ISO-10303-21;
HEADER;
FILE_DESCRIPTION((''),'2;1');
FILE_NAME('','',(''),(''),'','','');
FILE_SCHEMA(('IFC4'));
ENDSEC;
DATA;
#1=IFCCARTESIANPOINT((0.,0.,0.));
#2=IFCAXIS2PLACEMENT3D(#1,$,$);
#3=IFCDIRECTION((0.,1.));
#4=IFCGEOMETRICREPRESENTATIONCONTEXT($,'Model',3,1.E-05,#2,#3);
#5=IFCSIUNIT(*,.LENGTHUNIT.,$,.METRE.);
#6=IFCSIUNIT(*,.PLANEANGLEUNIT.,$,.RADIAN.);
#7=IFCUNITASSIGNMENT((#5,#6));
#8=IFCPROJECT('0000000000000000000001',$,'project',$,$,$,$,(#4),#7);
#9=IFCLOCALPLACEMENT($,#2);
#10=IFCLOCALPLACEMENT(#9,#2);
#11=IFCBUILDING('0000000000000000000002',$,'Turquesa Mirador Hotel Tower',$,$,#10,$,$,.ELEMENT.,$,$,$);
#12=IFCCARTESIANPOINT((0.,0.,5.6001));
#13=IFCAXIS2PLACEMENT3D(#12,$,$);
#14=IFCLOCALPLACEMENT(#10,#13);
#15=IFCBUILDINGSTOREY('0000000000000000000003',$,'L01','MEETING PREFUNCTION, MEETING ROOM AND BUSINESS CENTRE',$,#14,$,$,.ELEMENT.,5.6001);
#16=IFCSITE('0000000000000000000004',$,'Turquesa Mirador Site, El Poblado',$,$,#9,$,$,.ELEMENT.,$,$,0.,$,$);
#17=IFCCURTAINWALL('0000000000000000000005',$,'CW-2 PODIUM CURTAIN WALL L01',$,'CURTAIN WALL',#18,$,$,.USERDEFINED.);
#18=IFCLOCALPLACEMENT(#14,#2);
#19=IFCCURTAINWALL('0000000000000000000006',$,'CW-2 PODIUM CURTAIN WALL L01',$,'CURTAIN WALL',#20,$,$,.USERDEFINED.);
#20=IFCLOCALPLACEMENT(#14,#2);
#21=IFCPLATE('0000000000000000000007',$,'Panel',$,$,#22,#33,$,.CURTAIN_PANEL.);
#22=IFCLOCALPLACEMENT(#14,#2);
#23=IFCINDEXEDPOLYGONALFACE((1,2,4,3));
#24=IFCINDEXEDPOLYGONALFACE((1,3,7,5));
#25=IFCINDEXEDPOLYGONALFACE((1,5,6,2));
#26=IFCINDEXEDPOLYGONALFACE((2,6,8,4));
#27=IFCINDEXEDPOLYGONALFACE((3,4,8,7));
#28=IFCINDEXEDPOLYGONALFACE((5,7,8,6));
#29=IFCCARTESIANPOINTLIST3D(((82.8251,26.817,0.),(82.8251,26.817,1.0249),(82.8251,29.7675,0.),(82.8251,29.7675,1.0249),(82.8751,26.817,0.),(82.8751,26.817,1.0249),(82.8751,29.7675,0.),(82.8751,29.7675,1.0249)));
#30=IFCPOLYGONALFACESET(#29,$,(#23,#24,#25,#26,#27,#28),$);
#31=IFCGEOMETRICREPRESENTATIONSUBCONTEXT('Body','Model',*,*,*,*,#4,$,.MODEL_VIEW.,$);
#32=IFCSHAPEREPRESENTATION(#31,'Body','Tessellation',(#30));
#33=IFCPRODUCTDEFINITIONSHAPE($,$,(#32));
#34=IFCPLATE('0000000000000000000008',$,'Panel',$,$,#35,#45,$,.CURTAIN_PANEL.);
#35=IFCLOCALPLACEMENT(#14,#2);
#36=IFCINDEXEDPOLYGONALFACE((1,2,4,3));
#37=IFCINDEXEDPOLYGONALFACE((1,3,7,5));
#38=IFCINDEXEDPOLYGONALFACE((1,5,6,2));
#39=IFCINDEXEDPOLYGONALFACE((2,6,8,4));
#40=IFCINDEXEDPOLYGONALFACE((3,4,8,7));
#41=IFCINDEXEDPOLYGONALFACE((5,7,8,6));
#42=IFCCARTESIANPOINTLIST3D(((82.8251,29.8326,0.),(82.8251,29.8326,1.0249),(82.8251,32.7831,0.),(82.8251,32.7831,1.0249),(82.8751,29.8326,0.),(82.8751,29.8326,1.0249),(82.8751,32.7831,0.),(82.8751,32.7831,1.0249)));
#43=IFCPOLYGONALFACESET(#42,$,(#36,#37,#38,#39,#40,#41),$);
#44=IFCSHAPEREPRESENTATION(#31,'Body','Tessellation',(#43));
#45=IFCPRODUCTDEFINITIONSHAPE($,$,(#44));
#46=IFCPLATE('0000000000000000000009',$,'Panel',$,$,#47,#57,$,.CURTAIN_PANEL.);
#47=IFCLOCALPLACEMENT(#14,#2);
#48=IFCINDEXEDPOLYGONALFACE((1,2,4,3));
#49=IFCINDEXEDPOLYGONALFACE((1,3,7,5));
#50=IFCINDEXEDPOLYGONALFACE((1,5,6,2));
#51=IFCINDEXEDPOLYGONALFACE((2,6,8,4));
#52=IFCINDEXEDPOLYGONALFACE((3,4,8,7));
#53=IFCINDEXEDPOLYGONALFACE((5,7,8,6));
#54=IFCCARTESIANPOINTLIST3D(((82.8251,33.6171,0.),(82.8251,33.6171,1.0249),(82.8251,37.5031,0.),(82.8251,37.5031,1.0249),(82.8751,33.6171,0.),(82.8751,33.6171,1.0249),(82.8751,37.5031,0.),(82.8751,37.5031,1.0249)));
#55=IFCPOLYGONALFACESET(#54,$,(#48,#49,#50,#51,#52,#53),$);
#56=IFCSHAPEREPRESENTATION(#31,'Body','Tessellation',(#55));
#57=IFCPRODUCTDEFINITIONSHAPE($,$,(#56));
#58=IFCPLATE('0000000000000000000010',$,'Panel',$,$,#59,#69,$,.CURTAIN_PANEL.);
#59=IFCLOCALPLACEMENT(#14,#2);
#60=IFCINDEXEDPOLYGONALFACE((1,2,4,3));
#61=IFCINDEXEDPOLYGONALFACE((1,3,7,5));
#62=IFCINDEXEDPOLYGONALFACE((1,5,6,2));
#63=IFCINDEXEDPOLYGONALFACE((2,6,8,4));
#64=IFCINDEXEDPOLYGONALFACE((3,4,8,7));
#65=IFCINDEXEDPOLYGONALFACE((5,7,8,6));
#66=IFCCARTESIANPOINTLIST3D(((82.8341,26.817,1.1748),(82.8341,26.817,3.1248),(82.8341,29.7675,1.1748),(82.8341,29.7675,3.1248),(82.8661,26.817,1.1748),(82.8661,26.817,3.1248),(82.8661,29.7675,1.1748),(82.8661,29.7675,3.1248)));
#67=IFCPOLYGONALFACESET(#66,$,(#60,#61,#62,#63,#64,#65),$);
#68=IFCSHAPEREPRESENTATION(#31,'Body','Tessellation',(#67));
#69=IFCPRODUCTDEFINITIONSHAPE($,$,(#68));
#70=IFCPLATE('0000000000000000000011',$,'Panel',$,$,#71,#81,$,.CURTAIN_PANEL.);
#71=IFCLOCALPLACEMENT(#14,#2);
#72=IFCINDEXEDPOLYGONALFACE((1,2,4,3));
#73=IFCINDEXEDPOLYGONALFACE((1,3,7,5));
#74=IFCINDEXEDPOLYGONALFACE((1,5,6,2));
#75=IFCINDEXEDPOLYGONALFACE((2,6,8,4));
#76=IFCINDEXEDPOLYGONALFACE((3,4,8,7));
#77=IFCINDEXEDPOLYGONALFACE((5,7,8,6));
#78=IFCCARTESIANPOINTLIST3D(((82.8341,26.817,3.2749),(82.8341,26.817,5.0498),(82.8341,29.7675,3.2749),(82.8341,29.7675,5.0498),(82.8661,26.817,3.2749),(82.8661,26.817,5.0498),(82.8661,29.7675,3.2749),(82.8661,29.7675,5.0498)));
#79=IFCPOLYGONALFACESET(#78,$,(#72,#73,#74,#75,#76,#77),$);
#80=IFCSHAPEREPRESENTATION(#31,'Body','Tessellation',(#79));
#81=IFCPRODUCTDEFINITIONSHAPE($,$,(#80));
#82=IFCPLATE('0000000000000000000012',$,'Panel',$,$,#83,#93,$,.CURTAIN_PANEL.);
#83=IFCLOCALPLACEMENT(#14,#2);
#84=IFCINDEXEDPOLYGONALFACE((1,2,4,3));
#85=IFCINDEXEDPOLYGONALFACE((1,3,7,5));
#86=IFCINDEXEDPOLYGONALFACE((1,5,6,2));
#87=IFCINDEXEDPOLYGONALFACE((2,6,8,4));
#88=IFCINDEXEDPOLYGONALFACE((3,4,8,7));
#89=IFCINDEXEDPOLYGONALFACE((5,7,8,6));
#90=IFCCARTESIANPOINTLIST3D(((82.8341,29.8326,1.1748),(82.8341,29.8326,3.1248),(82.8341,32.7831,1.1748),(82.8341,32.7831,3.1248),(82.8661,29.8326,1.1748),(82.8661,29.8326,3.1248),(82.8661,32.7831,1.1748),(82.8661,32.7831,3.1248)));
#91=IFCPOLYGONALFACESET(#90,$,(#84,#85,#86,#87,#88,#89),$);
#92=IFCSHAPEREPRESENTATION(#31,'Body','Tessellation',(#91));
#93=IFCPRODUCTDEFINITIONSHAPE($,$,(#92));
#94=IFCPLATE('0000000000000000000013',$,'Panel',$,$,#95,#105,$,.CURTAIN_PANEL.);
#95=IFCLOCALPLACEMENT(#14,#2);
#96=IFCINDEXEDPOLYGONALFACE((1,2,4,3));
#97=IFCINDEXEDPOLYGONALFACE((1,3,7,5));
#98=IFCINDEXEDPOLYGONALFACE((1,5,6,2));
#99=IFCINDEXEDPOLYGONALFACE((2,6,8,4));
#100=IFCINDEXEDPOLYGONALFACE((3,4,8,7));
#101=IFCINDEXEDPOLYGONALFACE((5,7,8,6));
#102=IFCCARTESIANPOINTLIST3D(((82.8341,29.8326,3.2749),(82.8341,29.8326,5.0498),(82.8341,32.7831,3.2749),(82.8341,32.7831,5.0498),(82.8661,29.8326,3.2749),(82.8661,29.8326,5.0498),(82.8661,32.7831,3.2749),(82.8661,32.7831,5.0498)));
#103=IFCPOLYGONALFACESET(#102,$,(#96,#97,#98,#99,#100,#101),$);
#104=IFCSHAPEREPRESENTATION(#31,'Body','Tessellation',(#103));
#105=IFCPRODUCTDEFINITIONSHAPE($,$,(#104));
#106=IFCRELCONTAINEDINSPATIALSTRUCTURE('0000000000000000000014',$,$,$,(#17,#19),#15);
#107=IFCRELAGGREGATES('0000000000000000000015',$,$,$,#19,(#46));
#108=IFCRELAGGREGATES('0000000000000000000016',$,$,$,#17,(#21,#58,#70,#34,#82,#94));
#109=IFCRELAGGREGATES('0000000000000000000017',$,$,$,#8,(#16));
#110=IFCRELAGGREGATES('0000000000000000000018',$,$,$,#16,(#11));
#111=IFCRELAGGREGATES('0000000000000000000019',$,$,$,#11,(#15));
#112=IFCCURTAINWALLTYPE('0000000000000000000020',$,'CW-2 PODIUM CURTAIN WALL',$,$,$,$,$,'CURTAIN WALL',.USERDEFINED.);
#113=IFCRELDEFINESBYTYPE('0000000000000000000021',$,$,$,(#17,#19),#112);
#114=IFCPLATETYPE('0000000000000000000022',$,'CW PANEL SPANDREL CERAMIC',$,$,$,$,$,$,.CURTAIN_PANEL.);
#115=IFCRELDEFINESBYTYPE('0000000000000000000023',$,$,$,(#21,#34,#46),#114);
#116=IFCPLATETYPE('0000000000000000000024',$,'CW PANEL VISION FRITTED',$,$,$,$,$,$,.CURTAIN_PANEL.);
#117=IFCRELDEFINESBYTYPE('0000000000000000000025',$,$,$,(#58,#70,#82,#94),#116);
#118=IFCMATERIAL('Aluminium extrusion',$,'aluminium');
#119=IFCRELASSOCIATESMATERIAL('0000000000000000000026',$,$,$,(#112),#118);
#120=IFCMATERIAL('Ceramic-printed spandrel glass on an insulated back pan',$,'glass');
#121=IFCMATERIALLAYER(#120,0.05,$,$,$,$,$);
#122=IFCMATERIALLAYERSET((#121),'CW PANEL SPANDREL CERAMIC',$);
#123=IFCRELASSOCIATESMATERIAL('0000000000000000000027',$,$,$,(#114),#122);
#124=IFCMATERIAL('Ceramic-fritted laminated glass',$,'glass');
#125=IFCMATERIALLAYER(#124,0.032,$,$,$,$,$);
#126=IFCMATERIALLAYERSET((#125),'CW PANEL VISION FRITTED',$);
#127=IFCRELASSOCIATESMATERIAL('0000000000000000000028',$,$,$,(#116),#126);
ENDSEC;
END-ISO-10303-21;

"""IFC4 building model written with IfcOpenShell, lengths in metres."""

from ifc_helpers import new_model, si_unit, direction, frame, origin, origin_2d, place, context, subcontext, project, spatial, rectangle, extrude, material, layer, layer_set, type_object, element, aggregate, save


model = new_model("IFC4")

# Units and contexts
model_context = context("Model", 3, precision=1e-05, world=origin(), true_north=direction((0.0, 1.0)))
body_context = subcontext(model_context, "Body", "Model", "MODEL_VIEW")
ifc_project = project(units=[si_unit("LENGTHUNIT", "METRE"), si_unit("PLANEANGLEUNIT", "RADIAN")], contexts=[model_context])

# Site, building, storey
site_placement = place(None, origin())
site = spatial("IfcSite", under=ifc_project, at=site_placement, Name="Turquesa Mirador Site, El Poblado", CompositionType="ELEMENT", RefElevation=0.0)
building_placement = place(site_placement, origin())
building = spatial("IfcBuilding", under=site, at=building_placement, Name="Turquesa Mirador Hotel Tower", CompositionType="ELEMENT")
storey_placement = place(building_placement, frame((0.0, 0.0, 5.6001)))
storey = spatial("IfcBuildingStorey", under=building, at=storey_placement, Name="L01", Description="MEETING PREFUNCTION, MEETING ROOM AND BUSINESS CENTRE", CompositionType="ELEMENT", Elevation=5.6001)

# Curtain wall
ifc_material_1 = material(Name="Aluminium extrusion", Category="aluminium")
curtain_wall_type = type_object("IfcCurtainWallType", Name="CW-2 PODIUM CURTAIN WALL", ElementType="CURTAIN WALL", PredefinedType="USERDEFINED", material=ifc_material_1)
curtain_wall_1_placement = place(storey_placement, origin())
curtain_wall_1 = element("IfcCurtainWall", 1, at=curtain_wall_1_placement, inside=storey, type_object=curtain_wall_type, Name="CW-2 PODIUM CURTAIN WALL L01", ObjectType="CURTAIN WALL", PredefinedType="USERDEFINED")

# Curtain wall
curtain_wall_2_placement = place(storey_placement, origin())
curtain_wall_2 = element("IfcCurtainWall", 2, at=curtain_wall_2_placement, inside=storey, type_object=curtain_wall_type, Name="CW-2 PODIUM CURTAIN WALL L01", ObjectType="CURTAIN WALL", PredefinedType="USERDEFINED")

# Plates
ifc_material_2 = material(Name="Ceramic-printed spandrel glass on an insulated back pan", Category="glass")
ifc_layer_1 = layer(ifc_material_2, 0.05)
ifc_layer_set_1 = layer_set([ifc_layer_1], Name="CW PANEL SPANDREL CERAMIC")
plate_type_1 = type_object("IfcPlateType", Name="CW PANEL SPANDREL CERAMIC", PredefinedType="CURTAIN_PANEL", material=ifc_layer_set_1)
plate_1_placement = place(storey_placement, frame((82.8501, 28.2922, 0.0), z_axis=(0.0, 0.0, 1.0), x_axis=(0.0, 1.0, 0.0)))
plate_1 = element("IfcPlate", 3, at=plate_1_placement, type_object=plate_type_1, Name="Panel", PredefinedType="CURTAIN_PANEL", context=body_context, shape_type="SweptSolid", body=[
    extrude(rectangle(XDim=2.9504, YDim=0.05, at=origin_2d()), origin(), (0.0, 0.0, 1.0), 1.0249),
])
plate_2_placement = place(storey_placement, frame((82.8501, 31.3079, 0.0), z_axis=(0.0, 0.0, 1.0), x_axis=(0.0, 1.0, 0.0)))
plate_2 = element("IfcPlate", 4, at=plate_2_placement, type_object=plate_type_1, Name="Panel", PredefinedType="CURTAIN_PANEL", context=body_context, shape_type="SweptSolid", body=[
    extrude(rectangle(XDim=2.9504, YDim=0.05, at=origin_2d()), origin(), (0.0, 0.0, 1.0), 1.0249),
])
plate_3_placement = place(storey_placement, frame((82.8501, 35.5601, 0.0), z_axis=(0.0, 0.0, 1.0), x_axis=(0.0, 1.0, 0.0)))
plate_3 = element("IfcPlate", 5, at=plate_3_placement, type_object=plate_type_1, Name="Panel", PredefinedType="CURTAIN_PANEL", context=body_context, shape_type="SweptSolid", body=[
    extrude(rectangle(XDim=3.886, YDim=0.05, at=origin_2d()), origin(), (0.0, 0.0, 1.0), 1.0249),
])
aggregate(curtain_wall_2, [plate_3])
ifc_material_3 = material(Name="Ceramic-fritted laminated glass", Category="glass")
ifc_layer_2 = layer(ifc_material_3, 0.032)
ifc_layer_set_2 = layer_set([ifc_layer_2], Name="CW PANEL VISION FRITTED")
plate_type_2 = type_object("IfcPlateType", Name="CW PANEL VISION FRITTED", PredefinedType="CURTAIN_PANEL", material=ifc_layer_set_2)
plate_4_placement = place(storey_placement, frame((82.8501, 28.2922, 1.1748), z_axis=(0.0, 0.0, 1.0), x_axis=(0.0, 1.0, 0.0)))
plate_4 = element("IfcPlate", 6, at=plate_4_placement, type_object=plate_type_2, Name="Panel", PredefinedType="CURTAIN_PANEL", context=body_context, shape_type="SweptSolid", body=[
    extrude(rectangle(XDim=2.9504, YDim=0.032, at=origin_2d()), origin(), (0.0, 0.0, 1.0), 1.95),
])
plate_5_placement = place(storey_placement, frame((82.8501, 28.2922, 3.2749), z_axis=(0.0, 0.0, 1.0), x_axis=(0.0, 1.0, 0.0)))
plate_5 = element("IfcPlate", 7, at=plate_5_placement, type_object=plate_type_2, Name="Panel", PredefinedType="CURTAIN_PANEL", context=body_context, shape_type="SweptSolid", body=[
    extrude(rectangle(XDim=2.9504, YDim=0.032, at=origin_2d()), origin(), (0.0, 0.0, 1.0), 1.7749),
])
plate_6_placement = place(storey_placement, frame((82.8501, 31.3079, 1.1748), z_axis=(0.0, 0.0, 1.0), x_axis=(0.0, 1.0, 0.0)))
plate_6 = element("IfcPlate", 8, at=plate_6_placement, type_object=plate_type_2, Name="Panel", PredefinedType="CURTAIN_PANEL", context=body_context, shape_type="SweptSolid", body=[
    extrude(rectangle(XDim=2.9504, YDim=0.032, at=origin_2d()), origin(), (0.0, 0.0, 1.0), 1.95),
])
plate_7_placement = place(storey_placement, frame((82.8501, 31.3079, 3.2749), z_axis=(0.0, 0.0, 1.0), x_axis=(0.0, 1.0, 0.0)))
plate_7 = element("IfcPlate", 9, at=plate_7_placement, type_object=plate_type_2, Name="Panel", PredefinedType="CURTAIN_PANEL", context=body_context, shape_type="SweptSolid", body=[
    extrude(rectangle(XDim=2.9504, YDim=0.032, at=origin_2d()), origin(), (0.0, 0.0, 1.0), 1.7749),
])
aggregate(curtain_wall_1, [plate_1, plate_4, plate_5, plate_2, plate_6, plate_7])

save(model, "model.ifc")
